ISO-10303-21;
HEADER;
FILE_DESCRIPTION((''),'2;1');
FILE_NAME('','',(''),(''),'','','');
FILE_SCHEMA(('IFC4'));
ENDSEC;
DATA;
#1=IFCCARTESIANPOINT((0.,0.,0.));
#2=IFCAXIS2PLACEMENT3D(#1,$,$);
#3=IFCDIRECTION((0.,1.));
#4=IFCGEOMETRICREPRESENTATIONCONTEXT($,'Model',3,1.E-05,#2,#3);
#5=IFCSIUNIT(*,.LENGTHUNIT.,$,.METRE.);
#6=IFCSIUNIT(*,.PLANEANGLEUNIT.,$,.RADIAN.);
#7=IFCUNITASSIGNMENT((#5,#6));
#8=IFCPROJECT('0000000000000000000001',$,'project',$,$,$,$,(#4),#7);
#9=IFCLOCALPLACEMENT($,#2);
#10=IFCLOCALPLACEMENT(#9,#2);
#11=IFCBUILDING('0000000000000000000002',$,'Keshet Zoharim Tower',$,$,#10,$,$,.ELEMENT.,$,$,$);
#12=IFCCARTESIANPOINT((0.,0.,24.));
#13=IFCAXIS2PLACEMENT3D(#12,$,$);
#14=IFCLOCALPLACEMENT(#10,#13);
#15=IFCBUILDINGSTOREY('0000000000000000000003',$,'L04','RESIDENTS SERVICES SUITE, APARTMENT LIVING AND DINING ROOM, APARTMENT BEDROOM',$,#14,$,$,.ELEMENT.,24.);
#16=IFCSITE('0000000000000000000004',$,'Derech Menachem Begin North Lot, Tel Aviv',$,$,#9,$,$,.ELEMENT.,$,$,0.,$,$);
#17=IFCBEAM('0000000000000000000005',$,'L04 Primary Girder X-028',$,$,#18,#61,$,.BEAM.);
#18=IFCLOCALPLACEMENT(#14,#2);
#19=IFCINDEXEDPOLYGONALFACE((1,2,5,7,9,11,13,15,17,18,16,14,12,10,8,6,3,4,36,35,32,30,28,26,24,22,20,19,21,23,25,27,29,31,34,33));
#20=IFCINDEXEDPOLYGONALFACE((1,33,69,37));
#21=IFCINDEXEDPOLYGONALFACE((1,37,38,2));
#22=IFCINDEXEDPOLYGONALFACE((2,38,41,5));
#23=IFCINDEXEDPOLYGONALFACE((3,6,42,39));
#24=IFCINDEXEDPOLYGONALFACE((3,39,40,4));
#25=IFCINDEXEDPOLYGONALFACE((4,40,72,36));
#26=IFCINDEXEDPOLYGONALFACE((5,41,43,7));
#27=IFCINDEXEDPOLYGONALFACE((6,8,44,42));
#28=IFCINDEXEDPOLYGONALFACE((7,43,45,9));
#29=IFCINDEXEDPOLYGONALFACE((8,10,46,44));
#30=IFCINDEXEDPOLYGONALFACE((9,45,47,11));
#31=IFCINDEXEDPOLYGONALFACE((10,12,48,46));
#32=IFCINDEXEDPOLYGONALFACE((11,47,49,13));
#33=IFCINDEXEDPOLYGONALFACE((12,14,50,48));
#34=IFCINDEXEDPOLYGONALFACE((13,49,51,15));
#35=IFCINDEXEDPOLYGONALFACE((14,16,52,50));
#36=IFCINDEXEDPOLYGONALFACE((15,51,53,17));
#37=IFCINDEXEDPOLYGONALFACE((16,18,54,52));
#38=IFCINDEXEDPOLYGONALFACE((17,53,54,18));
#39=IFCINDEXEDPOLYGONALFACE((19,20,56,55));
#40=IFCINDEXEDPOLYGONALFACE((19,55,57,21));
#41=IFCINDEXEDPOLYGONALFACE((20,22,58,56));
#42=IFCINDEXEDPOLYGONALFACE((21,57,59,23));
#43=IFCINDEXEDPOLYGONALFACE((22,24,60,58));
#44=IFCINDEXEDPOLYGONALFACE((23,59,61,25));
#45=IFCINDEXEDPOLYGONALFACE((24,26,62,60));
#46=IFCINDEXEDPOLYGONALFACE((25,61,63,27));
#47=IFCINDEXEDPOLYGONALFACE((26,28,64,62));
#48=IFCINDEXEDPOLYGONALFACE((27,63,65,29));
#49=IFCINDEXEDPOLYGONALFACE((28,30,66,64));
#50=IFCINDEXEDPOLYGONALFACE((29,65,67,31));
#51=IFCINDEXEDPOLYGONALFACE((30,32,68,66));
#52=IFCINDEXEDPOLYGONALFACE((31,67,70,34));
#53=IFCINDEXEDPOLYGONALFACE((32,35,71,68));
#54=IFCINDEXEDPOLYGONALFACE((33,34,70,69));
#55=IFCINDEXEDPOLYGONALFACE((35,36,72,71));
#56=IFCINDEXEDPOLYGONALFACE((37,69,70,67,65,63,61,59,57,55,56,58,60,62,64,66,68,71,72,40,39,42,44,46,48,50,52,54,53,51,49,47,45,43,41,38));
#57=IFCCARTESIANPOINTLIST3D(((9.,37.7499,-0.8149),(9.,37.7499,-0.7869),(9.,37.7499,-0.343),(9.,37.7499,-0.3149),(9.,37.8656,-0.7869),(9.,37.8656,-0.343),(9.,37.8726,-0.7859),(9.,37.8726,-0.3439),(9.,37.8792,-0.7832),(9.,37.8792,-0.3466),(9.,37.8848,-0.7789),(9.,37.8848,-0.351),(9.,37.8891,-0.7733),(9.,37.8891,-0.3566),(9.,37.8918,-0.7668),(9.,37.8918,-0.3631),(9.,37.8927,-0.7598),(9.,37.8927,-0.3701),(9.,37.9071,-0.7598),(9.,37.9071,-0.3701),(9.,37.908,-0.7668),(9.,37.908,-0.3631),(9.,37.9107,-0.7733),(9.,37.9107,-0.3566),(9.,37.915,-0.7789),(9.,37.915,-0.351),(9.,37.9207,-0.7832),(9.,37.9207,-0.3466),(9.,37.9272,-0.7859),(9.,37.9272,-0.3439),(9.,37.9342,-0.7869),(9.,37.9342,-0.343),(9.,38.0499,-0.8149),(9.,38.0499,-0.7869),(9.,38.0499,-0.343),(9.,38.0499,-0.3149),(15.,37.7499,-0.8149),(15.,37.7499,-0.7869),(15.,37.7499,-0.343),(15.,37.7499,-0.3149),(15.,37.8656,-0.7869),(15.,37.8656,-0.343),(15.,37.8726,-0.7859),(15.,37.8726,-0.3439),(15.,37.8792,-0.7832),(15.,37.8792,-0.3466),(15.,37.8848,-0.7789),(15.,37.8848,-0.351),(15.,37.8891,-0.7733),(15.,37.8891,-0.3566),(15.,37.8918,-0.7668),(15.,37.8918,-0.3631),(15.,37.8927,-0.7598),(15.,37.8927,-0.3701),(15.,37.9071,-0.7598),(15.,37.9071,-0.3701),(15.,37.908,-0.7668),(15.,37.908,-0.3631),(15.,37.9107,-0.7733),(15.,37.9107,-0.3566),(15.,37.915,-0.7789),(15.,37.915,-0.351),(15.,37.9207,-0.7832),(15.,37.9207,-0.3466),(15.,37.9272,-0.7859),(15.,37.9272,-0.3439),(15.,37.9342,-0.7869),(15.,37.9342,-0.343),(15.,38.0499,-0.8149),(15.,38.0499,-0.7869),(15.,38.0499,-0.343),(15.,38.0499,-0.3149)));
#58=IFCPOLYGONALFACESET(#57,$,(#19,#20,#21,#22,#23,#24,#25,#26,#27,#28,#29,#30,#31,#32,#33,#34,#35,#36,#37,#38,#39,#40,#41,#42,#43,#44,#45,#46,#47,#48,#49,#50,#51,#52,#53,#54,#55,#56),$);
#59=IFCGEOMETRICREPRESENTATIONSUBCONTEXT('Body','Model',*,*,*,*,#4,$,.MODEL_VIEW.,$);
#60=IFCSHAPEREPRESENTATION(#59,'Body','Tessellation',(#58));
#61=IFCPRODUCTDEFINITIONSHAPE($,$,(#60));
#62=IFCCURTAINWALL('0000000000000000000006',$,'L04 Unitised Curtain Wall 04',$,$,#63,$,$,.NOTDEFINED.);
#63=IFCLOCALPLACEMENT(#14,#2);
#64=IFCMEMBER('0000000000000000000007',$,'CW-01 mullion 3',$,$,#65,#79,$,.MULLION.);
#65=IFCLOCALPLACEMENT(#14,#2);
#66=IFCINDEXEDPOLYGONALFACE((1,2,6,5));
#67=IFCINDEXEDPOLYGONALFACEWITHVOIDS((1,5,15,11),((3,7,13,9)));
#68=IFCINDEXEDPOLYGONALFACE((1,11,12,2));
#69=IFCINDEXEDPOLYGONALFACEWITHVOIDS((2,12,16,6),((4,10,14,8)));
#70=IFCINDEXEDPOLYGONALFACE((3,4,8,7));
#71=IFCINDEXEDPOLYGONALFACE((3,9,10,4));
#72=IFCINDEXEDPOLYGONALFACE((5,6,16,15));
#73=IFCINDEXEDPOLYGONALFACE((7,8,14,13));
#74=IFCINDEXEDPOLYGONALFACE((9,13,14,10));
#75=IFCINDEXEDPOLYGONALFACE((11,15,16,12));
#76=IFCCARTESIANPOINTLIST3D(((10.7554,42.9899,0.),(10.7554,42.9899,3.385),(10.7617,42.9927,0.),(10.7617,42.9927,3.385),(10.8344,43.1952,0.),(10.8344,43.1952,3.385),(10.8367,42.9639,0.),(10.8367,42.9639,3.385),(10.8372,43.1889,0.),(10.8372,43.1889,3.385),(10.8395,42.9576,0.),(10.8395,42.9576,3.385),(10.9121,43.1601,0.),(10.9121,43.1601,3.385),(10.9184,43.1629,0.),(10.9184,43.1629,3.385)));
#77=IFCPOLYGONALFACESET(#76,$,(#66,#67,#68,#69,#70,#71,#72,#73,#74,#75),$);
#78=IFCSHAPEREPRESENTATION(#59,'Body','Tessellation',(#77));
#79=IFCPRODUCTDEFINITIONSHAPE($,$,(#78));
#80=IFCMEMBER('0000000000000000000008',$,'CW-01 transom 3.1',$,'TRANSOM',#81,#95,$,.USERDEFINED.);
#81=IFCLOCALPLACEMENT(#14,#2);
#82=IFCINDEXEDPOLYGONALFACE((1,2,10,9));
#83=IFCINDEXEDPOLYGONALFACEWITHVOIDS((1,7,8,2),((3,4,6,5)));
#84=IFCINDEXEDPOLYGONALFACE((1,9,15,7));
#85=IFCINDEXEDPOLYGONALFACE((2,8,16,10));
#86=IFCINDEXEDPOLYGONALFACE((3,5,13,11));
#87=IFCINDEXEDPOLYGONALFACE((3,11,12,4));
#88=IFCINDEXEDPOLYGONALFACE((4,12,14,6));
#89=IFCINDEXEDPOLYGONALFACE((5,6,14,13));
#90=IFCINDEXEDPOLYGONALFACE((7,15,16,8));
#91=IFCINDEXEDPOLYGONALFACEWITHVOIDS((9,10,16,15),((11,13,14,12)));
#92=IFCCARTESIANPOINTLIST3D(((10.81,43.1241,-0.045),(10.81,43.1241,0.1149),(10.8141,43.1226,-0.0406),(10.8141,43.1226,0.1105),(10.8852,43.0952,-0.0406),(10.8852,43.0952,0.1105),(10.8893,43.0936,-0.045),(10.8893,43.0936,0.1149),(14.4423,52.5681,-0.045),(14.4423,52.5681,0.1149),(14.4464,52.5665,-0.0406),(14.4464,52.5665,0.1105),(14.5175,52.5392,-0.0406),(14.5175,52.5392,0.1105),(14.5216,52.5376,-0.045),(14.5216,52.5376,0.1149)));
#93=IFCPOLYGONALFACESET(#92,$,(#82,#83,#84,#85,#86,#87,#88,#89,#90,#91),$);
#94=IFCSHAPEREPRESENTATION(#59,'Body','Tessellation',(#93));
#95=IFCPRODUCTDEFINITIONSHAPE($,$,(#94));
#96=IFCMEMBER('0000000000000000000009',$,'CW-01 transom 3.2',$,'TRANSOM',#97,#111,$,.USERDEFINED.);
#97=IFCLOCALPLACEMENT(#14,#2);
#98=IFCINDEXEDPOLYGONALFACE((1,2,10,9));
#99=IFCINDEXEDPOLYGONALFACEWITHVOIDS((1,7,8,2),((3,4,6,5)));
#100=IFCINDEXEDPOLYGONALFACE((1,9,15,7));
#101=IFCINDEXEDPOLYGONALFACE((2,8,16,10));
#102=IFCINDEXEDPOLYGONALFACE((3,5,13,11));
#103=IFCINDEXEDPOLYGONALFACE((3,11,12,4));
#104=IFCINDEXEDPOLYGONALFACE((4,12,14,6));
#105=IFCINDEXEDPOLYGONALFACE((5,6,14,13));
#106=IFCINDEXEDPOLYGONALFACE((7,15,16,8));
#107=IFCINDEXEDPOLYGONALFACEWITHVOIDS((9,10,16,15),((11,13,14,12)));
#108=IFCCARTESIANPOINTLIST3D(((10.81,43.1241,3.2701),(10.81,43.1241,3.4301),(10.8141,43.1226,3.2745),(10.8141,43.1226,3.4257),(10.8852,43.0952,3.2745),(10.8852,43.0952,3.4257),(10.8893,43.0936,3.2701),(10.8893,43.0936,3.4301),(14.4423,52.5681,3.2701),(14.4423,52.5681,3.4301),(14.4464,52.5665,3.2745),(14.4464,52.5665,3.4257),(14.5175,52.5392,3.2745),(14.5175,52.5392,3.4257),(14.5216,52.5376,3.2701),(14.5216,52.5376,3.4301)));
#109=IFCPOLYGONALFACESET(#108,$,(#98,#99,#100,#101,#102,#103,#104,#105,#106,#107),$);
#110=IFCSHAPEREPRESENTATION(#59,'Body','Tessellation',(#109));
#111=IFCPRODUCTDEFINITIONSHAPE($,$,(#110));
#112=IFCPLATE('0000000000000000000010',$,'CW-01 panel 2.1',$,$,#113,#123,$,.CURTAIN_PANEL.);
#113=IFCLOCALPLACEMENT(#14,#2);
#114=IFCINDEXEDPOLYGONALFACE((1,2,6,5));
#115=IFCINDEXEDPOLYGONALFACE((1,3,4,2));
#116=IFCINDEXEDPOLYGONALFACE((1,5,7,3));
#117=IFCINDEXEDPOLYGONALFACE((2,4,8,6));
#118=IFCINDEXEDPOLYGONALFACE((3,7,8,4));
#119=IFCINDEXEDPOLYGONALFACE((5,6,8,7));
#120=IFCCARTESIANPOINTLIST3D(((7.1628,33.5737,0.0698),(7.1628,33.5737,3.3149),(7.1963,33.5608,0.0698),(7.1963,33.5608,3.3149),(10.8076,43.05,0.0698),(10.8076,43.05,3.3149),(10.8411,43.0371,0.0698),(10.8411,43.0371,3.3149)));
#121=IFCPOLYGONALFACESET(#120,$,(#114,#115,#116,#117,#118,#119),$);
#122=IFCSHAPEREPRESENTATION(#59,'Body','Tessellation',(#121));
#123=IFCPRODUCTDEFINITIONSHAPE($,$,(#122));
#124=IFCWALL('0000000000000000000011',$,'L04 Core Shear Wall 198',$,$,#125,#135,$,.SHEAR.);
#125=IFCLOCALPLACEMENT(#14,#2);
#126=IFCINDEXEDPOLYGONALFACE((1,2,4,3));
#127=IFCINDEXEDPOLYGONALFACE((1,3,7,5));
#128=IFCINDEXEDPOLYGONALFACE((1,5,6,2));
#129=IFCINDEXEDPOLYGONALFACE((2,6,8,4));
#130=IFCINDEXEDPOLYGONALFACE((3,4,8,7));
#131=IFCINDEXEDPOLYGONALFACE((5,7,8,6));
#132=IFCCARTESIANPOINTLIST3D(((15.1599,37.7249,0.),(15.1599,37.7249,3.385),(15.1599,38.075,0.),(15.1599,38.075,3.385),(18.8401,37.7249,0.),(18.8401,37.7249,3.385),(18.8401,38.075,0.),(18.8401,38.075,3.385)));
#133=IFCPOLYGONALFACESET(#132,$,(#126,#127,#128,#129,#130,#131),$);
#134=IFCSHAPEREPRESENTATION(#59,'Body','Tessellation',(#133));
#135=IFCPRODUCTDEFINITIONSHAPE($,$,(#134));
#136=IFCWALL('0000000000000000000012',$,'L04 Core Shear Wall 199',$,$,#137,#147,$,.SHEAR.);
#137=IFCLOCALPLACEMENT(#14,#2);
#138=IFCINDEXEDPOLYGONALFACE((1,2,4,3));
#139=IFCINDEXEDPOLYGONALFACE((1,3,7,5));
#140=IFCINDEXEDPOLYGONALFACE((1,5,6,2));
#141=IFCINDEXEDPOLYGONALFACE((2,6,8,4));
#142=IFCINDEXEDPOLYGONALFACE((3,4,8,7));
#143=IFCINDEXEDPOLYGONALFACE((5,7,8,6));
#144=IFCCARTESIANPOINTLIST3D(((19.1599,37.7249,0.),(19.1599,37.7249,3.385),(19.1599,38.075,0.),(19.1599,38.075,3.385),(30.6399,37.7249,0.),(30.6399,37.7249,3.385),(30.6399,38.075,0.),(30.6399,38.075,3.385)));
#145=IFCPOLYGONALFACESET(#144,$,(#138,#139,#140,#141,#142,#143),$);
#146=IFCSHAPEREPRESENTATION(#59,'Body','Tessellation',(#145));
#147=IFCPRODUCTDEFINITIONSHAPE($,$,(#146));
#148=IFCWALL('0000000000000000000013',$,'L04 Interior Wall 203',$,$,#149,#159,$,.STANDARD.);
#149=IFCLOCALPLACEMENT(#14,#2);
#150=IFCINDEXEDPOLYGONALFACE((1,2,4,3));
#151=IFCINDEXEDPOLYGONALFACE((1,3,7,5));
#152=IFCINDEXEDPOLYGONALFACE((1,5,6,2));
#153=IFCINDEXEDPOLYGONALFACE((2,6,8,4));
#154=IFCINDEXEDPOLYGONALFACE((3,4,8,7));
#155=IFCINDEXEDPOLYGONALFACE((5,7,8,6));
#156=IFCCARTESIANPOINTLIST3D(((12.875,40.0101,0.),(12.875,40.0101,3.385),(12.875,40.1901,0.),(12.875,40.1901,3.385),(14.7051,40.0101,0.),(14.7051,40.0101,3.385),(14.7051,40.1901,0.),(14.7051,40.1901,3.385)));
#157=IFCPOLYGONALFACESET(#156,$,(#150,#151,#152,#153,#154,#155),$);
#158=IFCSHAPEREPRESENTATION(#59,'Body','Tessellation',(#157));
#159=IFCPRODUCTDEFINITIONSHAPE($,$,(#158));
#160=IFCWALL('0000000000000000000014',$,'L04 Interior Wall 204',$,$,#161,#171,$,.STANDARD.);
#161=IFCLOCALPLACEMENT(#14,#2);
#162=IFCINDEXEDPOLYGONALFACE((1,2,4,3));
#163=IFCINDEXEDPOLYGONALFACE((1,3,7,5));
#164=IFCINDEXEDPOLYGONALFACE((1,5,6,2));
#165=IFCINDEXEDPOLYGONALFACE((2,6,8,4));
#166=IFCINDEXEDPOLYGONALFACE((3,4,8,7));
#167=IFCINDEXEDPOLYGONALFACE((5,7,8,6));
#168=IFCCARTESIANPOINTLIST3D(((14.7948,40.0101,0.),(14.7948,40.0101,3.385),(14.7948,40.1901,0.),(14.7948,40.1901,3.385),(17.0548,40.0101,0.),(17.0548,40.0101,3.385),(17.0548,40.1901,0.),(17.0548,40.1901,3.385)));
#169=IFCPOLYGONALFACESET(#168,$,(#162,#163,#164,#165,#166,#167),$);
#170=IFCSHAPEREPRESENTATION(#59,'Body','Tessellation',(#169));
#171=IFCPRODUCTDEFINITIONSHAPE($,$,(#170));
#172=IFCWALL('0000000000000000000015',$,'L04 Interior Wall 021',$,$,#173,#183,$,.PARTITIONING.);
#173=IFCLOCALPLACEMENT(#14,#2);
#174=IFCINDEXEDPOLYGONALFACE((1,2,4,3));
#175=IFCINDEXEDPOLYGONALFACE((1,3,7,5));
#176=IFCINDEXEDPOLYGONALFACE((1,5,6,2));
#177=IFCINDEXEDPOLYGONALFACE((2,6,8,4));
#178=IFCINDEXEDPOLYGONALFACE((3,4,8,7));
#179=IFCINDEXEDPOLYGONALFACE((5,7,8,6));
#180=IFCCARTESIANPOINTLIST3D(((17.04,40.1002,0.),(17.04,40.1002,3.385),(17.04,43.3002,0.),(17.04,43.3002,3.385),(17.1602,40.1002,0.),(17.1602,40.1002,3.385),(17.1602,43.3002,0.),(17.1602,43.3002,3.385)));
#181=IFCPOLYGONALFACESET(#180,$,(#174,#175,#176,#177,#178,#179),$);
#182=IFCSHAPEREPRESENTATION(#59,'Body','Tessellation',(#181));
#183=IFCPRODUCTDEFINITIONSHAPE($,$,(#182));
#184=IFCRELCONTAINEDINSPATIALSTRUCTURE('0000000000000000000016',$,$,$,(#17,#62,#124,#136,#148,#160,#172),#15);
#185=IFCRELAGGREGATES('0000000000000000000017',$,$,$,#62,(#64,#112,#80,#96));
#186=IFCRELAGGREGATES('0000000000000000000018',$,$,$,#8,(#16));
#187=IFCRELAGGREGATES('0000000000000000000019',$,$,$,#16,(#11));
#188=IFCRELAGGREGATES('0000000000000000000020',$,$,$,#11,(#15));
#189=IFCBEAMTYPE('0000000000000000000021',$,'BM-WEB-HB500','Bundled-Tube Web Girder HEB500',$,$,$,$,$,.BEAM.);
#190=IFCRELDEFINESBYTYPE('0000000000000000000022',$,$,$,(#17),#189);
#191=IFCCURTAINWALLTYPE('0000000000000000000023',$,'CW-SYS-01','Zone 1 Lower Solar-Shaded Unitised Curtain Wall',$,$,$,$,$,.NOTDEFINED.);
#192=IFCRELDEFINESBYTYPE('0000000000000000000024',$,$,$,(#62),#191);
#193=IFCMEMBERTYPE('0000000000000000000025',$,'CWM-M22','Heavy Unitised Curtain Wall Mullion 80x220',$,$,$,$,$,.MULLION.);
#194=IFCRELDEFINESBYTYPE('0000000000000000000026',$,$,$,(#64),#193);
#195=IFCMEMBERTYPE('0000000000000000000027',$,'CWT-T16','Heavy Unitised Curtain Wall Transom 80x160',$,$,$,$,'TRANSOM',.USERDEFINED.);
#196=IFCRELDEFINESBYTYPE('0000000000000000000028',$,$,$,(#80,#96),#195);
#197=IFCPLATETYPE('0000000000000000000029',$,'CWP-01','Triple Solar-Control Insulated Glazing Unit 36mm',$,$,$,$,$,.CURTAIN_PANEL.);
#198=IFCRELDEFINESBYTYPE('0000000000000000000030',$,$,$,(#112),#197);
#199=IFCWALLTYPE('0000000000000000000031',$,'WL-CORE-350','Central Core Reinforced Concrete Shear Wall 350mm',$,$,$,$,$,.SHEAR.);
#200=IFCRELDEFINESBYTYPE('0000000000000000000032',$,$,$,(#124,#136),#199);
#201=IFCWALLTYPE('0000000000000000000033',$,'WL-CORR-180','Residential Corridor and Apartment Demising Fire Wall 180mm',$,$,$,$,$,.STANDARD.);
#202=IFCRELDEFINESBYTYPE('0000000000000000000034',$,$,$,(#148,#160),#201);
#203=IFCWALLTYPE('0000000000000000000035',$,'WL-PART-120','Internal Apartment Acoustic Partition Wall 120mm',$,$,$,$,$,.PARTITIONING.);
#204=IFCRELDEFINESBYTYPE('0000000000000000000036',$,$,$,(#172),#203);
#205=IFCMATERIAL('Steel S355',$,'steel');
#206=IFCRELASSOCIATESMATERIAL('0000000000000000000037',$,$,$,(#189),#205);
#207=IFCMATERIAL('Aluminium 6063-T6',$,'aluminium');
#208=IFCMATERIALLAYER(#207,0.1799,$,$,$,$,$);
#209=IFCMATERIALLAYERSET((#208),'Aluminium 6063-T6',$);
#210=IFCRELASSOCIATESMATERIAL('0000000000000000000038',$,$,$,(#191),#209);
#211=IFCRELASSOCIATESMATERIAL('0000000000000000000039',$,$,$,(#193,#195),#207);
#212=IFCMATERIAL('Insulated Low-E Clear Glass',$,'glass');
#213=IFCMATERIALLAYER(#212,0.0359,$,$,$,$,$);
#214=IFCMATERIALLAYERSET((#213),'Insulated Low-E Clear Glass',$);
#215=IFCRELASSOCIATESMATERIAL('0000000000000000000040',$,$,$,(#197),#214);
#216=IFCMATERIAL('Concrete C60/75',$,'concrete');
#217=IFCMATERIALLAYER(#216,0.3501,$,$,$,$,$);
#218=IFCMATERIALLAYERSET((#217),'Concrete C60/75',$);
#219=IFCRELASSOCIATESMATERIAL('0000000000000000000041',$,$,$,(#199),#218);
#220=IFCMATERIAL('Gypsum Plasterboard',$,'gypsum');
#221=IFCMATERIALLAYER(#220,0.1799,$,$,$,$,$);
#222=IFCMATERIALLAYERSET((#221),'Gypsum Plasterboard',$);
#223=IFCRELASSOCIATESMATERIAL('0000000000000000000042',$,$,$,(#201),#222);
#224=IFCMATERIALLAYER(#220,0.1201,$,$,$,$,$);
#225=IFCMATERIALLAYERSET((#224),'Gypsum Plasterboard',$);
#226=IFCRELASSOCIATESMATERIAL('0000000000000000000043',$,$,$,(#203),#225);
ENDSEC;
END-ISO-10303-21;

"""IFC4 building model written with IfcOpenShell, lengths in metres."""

from ifc_helpers import new_model, si_unit, direction, frame, frame_2d, origin, origin_2d, place, context, subcontext, project, spatial, rectangle, hollow_rectangle, i_section, extrude, material, layer, layer_set, material_profile, profile_set, type_object, element, aggregate, save


model = new_model("IFC4")

# Units and contexts
model_context = context("Model", 3, precision=1e-05, world=origin(), true_north=direction((0.0, 1.0)))
body_context = subcontext(model_context, "Body", "Model", "MODEL_VIEW")
ifc_project = project(units=[si_unit("LENGTHUNIT", "METRE"), si_unit("PLANEANGLEUNIT", "RADIAN")], contexts=[model_context])

# Site, building, storey
site_placement = place(None, origin())
site = spatial("IfcSite", under=ifc_project, at=site_placement, Name="Derech Menachem Begin North Lot, Tel Aviv", CompositionType="ELEMENT", RefElevation=0.0)
building_placement = place(site_placement, origin())
building = spatial("IfcBuilding", under=site, at=building_placement, Name="Keshet Zoharim Tower", CompositionType="ELEMENT")
storey_placement = place(building_placement, frame((0.0, 0.0, 24.0)))
storey = spatial("IfcBuildingStorey", under=building, at=storey_placement, Name="L04", Description="RESIDENTS SERVICES SUITE, APARTMENT LIVING AND DINING ROOM, APARTMENT BEDROOM", CompositionType="ELEMENT", Elevation=24.0)

# Beam
ifc_material_1 = material(Name="Steel S355", Category="steel")
ifc_material_profile_1 = material_profile(ifc_material_1, i_section(OverallWidth=0.3, OverallDepth=0.5, WebThickness=0.0144, FlangeThickness=0.0281, FilletRadius=0.0271, at=origin_2d()), Name="HEB500")
ifc_profile_set_1 = profile_set([ifc_material_profile_1], Name="Steel S355")
beam_type = type_object("IfcBeamType", Name="BM-WEB-HB500", Description="Bundled-Tube Web Girder HEB500", PredefinedType="BEAM", material=ifc_profile_set_1)
beam_placement = place(storey_placement, frame((9.0, 37.8999, -0.5649), z_axis=(1.0, 0.0, 0.0), x_axis=(0.0, 1.0, 0.0)))
element("IfcBeam", 1, at=beam_placement, inside=storey, type_object=beam_type, Name="L04 Primary Girder X-028", PredefinedType="BEAM", context=body_context, shape_type="SweptSolid", body=[
    extrude(i_section(OverallWidth=0.3, OverallDepth=0.5, WebThickness=0.0144, FlangeThickness=0.0281, FilletRadius=0.0271, at=origin_2d()), origin(), (0.0, 0.0, 1.0), 6.0),
])

# Curtain wall, members, plate
ifc_material_2 = material(Name="Aluminium 6063-T6", Category="aluminium")
ifc_layer_1 = layer(ifc_material_2, 0.1799)
ifc_layer_set_1 = layer_set([ifc_layer_1], Name="Aluminium 6063-T6")
curtain_wall_type = type_object("IfcCurtainWallType", Name="CW-SYS-01", Description="Zone 1 Lower Solar-Shaded Unitised Curtain Wall", PredefinedType="NOTDEFINED", material=ifc_layer_set_1)
curtain_wall_placement = place(storey_placement, origin())
curtain_wall = element("IfcCurtainWall", 2, at=curtain_wall_placement, inside=storey, type_object=curtain_wall_type, Name="L04 Unitised Curtain Wall 04", PredefinedType="NOTDEFINED")
ifc_material_profile_2 = material_profile(ifc_material_2, hollow_rectangle(XDim=0.0901, YDim=0.22, WallThickness=0.0049, at=origin_2d()), Name="MUL-90x220")
ifc_profile_set_2 = profile_set([ifc_material_profile_2], Name="Aluminium 6063-T6")
member_type_1 = type_object("IfcMemberType", Name="CWM-M22", Description="Heavy Unitised Curtain Wall Mullion 80x220", PredefinedType="MULLION", material=ifc_profile_set_2)
member_1_placement = place(storey_placement, frame((10.8369, 43.0764, 0.0), z_axis=(0.0, 0.0, 1.0), x_axis=(-0.933341, 0.35899, 0.0)))
member_1 = element("IfcMember", 3, at=member_1_placement, type_object=member_type_1, Name="CW-01 mullion 3", PredefinedType="MULLION", context=body_context, shape_type="SweptSolid", body=[
    extrude(hollow_rectangle(XDim=0.0901, YDim=0.22, WallThickness=0.0049, at=origin_2d()), origin(), (0.0, 0.0, 1.0), 3.385),
])
ifc_material_profile_3 = material_profile(ifc_material_2, hollow_rectangle(XDim=0.085, YDim=0.1599, WallThickness=0.0044, at=origin_2d()), Name="TRN-85x160")
ifc_profile_set_3 = profile_set([ifc_material_profile_3], Name="Aluminium 6063-T6")
member_type_2 = type_object("IfcMemberType", Name="CWT-T16", Description="Heavy Unitised Curtain Wall Transom 80x160", ElementType="TRANSOM", PredefinedType="USERDEFINED", material=ifc_profile_set_3)
member_2_placement = place(storey_placement, frame((10.8496, 43.1089, 0.0349), z_axis=(0.358986, 0.933343, 0.0), x_axis=(-0.933343, 0.358986, 0.0)))
member_2 = element("IfcMember", 4, at=member_2_placement, type_object=member_type_2, Name="CW-01 transom 3.1", ObjectType="TRANSOM", PredefinedType="USERDEFINED", context=body_context, shape_type="SweptSolid", body=[
    extrude(hollow_rectangle(XDim=0.085, YDim=0.1599, WallThickness=0.0044, at=origin_2d()), origin(), (0.0, 0.0, 1.0), 10.1184),
])
member_3_placement = place(storey_placement, frame((10.8496, 43.1089, 3.3501), z_axis=(0.358986, 0.933343, 0.0), x_axis=(-0.933343, 0.358986, 0.0)))
member_3 = element("IfcMember", 5, at=member_3_placement, type_object=member_type_2, Name="CW-01 transom 3.2", ObjectType="TRANSOM", PredefinedType="USERDEFINED", context=body_context, shape_type="SweptSolid", body=[
    extrude(hollow_rectangle(XDim=0.085, YDim=0.1599, WallThickness=0.0044, at=origin_2d()), origin(), (0.0, 0.0, 1.0), 10.1184),
])
ifc_material_3 = material(Name="Insulated Low-E Clear Glass", Category="glass")
ifc_layer_2 = layer(ifc_material_3, 0.0359)
ifc_layer_set_2 = layer_set([ifc_layer_2], Name="Insulated Low-E Clear Glass")
plate_type = type_object("IfcPlateType", Name="CWP-01", Description="Triple Solar-Control Insulated Glazing Unit 36mm", PredefinedType="CURTAIN_PANEL", material=ifc_layer_set_2)
plate_placement = place(storey_placement, frame((9.002, 38.3054, 0.0698), z_axis=(0.0, 0.0, 1.0), x_axis=(0.35899, 0.933341, 0.0)))
plate = element("IfcPlate", 6, at=plate_placement, type_object=plate_type, Name="CW-01 panel 2.1", PredefinedType="CURTAIN_PANEL", context=body_context, shape_type="SweptSolid", body=[
    extrude(rectangle(XDim=10.1531, YDim=0.0359, at=origin_2d()), origin(), (0.0, 0.0, 1.0), 3.2451),
])
aggregate(curtain_wall, [member_1, plate, member_2, member_3])

# Walls
ifc_material_4 = material(Name="Concrete C60/75", Category="concrete")
ifc_layer_3 = layer(ifc_material_4, 0.3501)
ifc_layer_set_3 = layer_set([ifc_layer_3], Name="Concrete C60/75")
wall_type_1 = type_object("IfcWallType", Name="WL-CORE-350", Description="Central Core Reinforced Concrete Shear Wall 350mm", PredefinedType="SHEAR", material=ifc_layer_set_3)
wall_1_placement = place(storey_placement, frame((15.1599, 37.8999, 0.0), z_axis=(0.0, 0.0, 1.0), x_axis=(1.0, 0.0, 0.0)))
element("IfcWall", 7, at=wall_1_placement, inside=storey, type_object=wall_type_1, Name="L04 Core Shear Wall 198", PredefinedType="SHEAR", context=body_context, shape_type="SweptSolid", body=[
    extrude(rectangle(XDim=3.6802, YDim=0.3501, at=frame_2d((1.8401, 0.0))), origin(), (0.0, 0.0, 1.0), 3.385),
])
wall_2_placement = place(storey_placement, frame((19.1599, 37.8999, 0.0), z_axis=(0.0, 0.0, 1.0), x_axis=(1.0, 0.0, 0.0)))
element("IfcWall", 8, at=wall_2_placement, inside=storey, type_object=wall_type_1, Name="L04 Core Shear Wall 199", PredefinedType="SHEAR", context=body_context, shape_type="SweptSolid", body=[
    extrude(rectangle(XDim=11.48, YDim=0.3501, at=frame_2d((5.74, 0.0))), origin(), (0.0, 0.0, 1.0), 3.385),
])
ifc_material_5 = material(Name="Gypsum Plasterboard", Category="gypsum")
ifc_layer_4 = layer(ifc_material_5, 0.1799)
ifc_layer_set_4 = layer_set([ifc_layer_4], Name="Gypsum Plasterboard")
wall_type_2 = type_object("IfcWallType", Name="WL-CORR-180", Description="Residential Corridor and Apartment Demising Fire Wall 180mm", PredefinedType="STANDARD", material=ifc_layer_set_4)
wall_3_placement = place(storey_placement, frame((12.875, 40.1001, 0.0), z_axis=(0.0, 0.0, 1.0), x_axis=(1.0, 0.0, 0.0)))
element("IfcWall", 9, at=wall_3_placement, inside=storey, type_object=wall_type_2, Name="L04 Interior Wall 203", PredefinedType="STANDARD", context=body_context, shape_type="SweptSolid", body=[
    extrude(rectangle(XDim=1.8301, YDim=0.1799, at=frame_2d((0.915, 0.0))), origin(), (0.0, 0.0, 1.0), 3.385),
])
wall_4_placement = place(storey_placement, frame((14.7949, 40.1001, 0.0), z_axis=(0.0, 0.0, 1.0), x_axis=(1.0, 0.0, 0.0)))
element("IfcWall", 10, at=wall_4_placement, inside=storey, type_object=wall_type_2, Name="L04 Interior Wall 204", PredefinedType="STANDARD", context=body_context, shape_type="SweptSolid", body=[
    extrude(rectangle(XDim=2.26, YDim=0.1799, at=frame_2d((1.1299, 0.0))), origin(), (0.0, 0.0, 1.0), 3.385),
])

# Shared definitions
ifc_layer_5 = layer(ifc_material_5, 0.1201)
ifc_layer_set_5 = layer_set([ifc_layer_5], Name="Gypsum Plasterboard")
wall_type_3 = type_object("IfcWallType", Name="WL-PART-120", Description="Internal Apartment Acoustic Partition Wall 120mm", PredefinedType="PARTITIONING", material=ifc_layer_set_5)

# Wall
wall_5_placement = place(storey_placement, frame((17.1001, 40.1001, 0.0), z_axis=(0.0, 0.0, 1.0), x_axis=(0.0, 1.0, 0.0)))
element("IfcWall", 11, at=wall_5_placement, inside=storey, type_object=wall_type_3, Name="L04 Interior Wall 021", PredefinedType="PARTITIONING", context=body_context, shape_type="SweptSolid", body=[
    extrude(rectangle(XDim=3.2, YDim=0.1201, at=frame_2d((1.6001, 0.0))), origin(), (0.0, 0.0, 1.0), 3.385),
])

save(model, "model.ifc")
